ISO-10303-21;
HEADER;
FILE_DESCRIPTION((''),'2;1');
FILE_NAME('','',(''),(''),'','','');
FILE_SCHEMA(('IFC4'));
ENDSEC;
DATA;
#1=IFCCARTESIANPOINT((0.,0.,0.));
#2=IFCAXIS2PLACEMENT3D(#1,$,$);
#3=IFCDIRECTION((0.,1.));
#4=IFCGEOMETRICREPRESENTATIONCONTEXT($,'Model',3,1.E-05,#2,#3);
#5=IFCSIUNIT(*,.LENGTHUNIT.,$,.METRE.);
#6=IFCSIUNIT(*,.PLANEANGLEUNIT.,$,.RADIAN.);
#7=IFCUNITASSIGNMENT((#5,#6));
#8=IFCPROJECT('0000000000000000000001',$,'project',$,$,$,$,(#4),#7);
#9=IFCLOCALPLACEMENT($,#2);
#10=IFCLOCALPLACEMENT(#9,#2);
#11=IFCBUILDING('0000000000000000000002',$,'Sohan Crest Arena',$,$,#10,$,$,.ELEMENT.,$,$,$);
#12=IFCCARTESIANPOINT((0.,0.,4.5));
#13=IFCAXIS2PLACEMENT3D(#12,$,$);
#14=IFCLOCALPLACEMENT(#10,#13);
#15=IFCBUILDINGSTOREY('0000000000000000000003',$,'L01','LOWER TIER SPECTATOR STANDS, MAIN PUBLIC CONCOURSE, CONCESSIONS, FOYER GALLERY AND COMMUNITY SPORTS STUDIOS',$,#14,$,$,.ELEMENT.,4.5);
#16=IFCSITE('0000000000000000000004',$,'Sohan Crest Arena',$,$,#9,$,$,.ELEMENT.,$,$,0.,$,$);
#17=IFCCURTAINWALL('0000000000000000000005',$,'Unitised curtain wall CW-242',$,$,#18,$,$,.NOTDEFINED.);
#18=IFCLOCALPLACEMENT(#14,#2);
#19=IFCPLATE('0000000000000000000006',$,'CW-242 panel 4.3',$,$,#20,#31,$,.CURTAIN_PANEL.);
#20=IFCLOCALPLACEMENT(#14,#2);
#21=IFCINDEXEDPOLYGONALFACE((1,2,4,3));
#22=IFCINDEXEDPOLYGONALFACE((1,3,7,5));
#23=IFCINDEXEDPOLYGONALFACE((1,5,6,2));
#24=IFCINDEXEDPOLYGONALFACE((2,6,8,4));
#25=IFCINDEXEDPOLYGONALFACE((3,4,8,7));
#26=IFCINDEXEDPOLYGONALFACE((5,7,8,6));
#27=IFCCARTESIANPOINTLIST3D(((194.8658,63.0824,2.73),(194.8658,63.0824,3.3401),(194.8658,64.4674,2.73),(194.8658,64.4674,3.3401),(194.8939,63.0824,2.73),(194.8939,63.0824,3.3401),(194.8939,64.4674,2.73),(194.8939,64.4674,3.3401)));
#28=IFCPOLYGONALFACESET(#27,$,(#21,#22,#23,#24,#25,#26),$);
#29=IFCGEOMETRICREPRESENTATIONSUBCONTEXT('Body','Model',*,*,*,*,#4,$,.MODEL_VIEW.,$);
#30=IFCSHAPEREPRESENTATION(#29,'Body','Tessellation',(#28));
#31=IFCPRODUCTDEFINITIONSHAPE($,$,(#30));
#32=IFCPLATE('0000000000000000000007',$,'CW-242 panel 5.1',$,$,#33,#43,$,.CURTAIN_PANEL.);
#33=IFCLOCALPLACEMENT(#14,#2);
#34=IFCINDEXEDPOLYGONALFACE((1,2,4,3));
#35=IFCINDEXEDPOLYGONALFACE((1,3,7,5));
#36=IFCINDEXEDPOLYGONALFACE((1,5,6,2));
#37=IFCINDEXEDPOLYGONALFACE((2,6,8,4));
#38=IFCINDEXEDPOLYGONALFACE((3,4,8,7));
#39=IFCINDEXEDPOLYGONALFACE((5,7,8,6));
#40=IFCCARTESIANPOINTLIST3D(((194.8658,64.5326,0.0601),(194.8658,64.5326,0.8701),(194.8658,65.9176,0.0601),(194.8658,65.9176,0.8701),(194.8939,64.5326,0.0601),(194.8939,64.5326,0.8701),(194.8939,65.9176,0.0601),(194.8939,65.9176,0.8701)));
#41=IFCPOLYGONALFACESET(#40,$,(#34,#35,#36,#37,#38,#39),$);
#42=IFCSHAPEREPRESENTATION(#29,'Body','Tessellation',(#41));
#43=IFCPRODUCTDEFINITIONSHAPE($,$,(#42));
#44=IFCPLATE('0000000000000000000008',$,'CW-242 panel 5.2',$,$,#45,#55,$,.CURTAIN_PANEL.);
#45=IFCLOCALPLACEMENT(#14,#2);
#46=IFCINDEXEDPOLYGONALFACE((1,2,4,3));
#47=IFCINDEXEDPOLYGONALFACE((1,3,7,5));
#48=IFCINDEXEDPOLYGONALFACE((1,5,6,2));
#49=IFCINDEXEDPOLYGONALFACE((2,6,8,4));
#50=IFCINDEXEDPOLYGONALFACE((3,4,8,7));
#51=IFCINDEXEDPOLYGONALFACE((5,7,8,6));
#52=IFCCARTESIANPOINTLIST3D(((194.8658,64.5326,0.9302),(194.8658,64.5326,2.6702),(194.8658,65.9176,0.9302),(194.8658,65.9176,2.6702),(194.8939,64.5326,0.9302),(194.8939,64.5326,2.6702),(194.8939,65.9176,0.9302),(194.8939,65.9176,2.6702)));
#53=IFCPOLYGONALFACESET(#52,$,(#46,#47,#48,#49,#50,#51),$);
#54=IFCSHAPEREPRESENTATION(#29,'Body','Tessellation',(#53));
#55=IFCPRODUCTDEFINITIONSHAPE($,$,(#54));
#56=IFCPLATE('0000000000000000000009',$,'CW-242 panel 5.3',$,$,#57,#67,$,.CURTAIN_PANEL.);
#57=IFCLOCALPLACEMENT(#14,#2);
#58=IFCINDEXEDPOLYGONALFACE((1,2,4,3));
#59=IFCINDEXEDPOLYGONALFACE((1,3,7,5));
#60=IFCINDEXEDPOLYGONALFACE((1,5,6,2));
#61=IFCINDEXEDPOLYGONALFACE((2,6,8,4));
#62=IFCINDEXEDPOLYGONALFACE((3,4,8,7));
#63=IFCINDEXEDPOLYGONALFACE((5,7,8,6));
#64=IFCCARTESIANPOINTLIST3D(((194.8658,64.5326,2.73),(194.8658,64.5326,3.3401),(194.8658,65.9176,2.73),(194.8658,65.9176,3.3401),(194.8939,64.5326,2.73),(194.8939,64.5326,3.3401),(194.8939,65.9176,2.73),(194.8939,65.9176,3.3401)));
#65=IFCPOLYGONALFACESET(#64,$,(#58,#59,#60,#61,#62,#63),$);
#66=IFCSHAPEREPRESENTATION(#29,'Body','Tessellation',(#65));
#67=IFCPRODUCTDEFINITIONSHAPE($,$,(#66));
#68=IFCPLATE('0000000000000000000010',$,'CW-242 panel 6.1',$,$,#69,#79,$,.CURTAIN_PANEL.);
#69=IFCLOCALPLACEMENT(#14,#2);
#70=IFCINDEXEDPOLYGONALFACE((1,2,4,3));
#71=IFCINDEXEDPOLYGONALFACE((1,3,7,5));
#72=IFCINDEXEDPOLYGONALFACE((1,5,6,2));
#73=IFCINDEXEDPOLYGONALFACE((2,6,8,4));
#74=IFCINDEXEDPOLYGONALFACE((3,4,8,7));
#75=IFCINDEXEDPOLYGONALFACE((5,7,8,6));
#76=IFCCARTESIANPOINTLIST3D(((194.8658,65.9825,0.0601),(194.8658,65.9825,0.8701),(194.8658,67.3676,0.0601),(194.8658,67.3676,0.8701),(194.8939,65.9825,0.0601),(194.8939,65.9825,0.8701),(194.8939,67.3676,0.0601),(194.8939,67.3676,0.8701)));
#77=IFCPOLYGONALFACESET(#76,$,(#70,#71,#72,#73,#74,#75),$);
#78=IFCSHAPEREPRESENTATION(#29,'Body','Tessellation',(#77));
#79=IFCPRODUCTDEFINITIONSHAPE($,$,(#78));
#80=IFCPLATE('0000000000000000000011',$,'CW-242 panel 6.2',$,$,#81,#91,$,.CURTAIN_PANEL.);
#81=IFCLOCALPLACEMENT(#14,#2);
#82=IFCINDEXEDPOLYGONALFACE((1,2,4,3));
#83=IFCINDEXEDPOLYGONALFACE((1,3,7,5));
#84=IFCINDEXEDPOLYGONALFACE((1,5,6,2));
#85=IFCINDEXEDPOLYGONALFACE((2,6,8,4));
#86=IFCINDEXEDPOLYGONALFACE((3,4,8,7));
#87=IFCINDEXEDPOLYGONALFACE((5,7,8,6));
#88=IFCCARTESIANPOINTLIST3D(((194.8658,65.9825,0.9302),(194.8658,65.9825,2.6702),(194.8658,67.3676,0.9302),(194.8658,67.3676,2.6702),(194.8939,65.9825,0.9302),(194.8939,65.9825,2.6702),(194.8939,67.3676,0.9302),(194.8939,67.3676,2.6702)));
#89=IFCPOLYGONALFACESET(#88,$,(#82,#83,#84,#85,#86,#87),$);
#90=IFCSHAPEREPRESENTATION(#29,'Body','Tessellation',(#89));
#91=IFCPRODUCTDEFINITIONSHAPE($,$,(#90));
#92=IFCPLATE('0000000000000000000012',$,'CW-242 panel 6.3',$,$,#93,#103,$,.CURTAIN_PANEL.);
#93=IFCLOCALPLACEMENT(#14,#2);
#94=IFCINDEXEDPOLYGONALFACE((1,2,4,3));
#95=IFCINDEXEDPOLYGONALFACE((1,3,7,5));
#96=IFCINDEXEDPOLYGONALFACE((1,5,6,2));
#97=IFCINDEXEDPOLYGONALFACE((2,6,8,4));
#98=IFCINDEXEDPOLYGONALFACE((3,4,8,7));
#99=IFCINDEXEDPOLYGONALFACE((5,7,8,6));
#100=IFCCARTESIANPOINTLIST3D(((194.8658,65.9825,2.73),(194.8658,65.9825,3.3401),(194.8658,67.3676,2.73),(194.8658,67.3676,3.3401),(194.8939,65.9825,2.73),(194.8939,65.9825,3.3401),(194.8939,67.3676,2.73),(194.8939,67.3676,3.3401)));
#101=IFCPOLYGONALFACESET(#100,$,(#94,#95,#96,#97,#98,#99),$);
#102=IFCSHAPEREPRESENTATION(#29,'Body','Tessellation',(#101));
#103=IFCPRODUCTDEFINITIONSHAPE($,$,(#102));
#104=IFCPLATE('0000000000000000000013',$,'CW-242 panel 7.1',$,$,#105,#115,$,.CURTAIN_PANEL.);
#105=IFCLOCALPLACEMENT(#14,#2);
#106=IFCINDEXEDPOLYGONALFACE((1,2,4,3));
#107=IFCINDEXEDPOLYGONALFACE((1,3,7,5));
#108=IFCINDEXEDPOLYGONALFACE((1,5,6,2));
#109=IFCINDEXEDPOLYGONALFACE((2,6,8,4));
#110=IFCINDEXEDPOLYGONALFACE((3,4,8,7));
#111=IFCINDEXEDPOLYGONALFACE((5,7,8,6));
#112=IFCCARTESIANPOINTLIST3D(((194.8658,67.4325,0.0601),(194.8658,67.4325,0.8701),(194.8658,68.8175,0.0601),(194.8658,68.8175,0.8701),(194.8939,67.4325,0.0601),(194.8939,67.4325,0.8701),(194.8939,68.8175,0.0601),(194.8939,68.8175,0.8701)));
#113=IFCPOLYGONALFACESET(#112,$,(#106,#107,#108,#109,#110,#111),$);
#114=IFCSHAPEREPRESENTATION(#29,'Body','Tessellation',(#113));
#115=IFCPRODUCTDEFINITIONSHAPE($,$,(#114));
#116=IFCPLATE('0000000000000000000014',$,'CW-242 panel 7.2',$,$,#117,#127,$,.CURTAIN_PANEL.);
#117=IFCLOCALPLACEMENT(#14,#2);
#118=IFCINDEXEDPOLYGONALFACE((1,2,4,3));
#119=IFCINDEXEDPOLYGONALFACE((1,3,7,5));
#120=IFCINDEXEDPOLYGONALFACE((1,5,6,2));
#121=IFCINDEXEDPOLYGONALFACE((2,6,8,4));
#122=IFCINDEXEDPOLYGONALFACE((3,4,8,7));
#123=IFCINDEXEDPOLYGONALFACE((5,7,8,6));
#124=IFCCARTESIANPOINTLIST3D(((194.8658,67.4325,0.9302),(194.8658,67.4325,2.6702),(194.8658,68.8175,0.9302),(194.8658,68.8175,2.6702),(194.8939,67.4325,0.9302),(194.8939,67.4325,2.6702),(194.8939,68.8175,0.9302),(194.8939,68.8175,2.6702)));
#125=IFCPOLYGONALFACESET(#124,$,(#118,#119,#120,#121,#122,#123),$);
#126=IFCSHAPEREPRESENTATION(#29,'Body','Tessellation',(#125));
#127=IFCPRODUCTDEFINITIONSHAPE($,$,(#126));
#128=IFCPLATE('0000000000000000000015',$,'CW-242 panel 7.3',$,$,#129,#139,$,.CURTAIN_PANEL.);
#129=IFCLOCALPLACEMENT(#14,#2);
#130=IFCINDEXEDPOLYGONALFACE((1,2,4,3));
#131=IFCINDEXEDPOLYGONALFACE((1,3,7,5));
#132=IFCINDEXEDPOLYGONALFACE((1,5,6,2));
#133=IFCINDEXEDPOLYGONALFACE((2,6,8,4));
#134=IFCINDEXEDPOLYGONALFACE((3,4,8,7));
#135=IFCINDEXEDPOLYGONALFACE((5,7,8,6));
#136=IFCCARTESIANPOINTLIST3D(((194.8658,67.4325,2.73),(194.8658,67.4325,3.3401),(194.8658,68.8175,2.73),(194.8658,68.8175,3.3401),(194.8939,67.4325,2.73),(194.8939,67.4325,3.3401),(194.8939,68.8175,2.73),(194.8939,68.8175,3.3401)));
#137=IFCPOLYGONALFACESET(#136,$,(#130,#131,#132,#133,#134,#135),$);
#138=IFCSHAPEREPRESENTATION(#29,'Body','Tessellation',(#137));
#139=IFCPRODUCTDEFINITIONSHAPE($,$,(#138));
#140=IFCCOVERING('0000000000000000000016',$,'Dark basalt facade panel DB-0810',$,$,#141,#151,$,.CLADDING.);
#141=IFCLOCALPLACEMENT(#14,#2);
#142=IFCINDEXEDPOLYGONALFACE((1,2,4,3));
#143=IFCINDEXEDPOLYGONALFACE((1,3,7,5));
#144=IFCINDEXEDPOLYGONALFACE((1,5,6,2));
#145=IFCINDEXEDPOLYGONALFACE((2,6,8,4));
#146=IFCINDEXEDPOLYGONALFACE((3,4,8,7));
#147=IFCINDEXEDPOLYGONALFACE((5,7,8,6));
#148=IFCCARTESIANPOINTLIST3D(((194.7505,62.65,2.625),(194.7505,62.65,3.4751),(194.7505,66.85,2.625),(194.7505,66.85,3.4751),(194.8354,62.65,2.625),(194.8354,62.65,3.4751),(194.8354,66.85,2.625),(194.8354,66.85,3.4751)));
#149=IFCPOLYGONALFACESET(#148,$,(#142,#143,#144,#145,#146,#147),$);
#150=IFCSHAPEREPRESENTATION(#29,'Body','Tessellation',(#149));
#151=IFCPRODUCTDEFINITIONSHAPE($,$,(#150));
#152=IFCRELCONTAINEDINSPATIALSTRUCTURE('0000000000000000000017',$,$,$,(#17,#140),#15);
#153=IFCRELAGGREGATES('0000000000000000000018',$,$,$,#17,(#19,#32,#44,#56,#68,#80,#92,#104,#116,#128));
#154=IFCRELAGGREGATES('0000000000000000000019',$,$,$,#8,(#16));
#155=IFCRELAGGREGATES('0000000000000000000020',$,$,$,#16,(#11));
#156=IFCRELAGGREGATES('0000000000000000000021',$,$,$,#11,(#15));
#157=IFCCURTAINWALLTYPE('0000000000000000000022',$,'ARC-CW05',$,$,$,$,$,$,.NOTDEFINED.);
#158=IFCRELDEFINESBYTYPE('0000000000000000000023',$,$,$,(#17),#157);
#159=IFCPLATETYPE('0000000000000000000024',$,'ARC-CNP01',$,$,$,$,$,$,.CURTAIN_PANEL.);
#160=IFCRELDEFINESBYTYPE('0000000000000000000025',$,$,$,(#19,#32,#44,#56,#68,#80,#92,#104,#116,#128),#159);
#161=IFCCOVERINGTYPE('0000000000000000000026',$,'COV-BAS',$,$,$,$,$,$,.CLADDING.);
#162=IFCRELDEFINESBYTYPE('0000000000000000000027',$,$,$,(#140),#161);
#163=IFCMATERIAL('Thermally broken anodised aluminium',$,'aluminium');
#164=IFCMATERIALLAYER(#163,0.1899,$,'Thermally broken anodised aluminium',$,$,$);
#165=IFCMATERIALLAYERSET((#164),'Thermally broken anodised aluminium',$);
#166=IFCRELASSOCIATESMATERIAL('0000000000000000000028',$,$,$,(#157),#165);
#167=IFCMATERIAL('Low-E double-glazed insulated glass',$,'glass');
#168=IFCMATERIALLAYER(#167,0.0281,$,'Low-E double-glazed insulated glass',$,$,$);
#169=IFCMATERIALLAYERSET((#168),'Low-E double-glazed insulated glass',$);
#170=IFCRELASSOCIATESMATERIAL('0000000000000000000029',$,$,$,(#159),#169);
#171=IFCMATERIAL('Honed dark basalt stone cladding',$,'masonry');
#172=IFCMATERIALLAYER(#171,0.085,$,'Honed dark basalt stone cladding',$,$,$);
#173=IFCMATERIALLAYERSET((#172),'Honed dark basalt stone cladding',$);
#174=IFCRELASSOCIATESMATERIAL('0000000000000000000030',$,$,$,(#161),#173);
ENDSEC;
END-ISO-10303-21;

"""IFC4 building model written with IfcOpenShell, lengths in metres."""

from ifc_helpers import new_model, si_unit, direction, frame, origin, origin_2d, place, context, subcontext, project, spatial, rectangle, extrude, material, layer, layer_set, type_object, element, aggregate, save


model = new_model("IFC4")

# Units and contexts
model_context = context("Model", 3, precision=1e-05, world=origin(), true_north=direction((0.0, 1.0)))
body_context = subcontext(model_context, "Body", "Model", "MODEL_VIEW")
ifc_project = project(units=[si_unit("LENGTHUNIT", "METRE"), si_unit("PLANEANGLEUNIT", "RADIAN")], contexts=[model_context])

# Site, building, storey
site_placement = place(None, origin())
site = spatial("IfcSite", under=ifc_project, at=site_placement, Name="Sohan Crest Arena", CompositionType="ELEMENT", RefElevation=0.0)
building_placement = place(site_placement, origin())
building = spatial("IfcBuilding", under=site, at=building_placement, Name="Sohan Crest Arena", CompositionType="ELEMENT")
storey_placement = place(building_placement, frame((0.0, 0.0, 4.5)))
storey = spatial("IfcBuildingStorey", under=building, at=storey_placement, Name="L01", Description="LOWER TIER SPECTATOR STANDS, MAIN PUBLIC CONCOURSE, CONCESSIONS, FOYER GALLERY AND COMMUNITY SPORTS STUDIOS", CompositionType="ELEMENT", Elevation=4.5)

# Curtain wall
ifc_material_1 = material(Name="Thermally broken anodised aluminium", Category="aluminium")
ifc_layer_1 = layer(ifc_material_1, 0.1899, Name="Thermally broken anodised aluminium")
ifc_layer_set_1 = layer_set([ifc_layer_1], Name="Thermally broken anodised aluminium")
curtain_wall_type = type_object("IfcCurtainWallType", Name="ARC-CW05", PredefinedType="NOTDEFINED", material=ifc_layer_set_1)
curtain_wall_placement = place(storey_placement, origin())
curtain_wall = element("IfcCurtainWall", 1, at=curtain_wall_placement, inside=storey, type_object=curtain_wall_type, Name="Unitised curtain wall CW-242", PredefinedType="NOTDEFINED")

# Plates
ifc_material_2 = material(Name="Low-E double-glazed insulated glass", Category="glass")
ifc_layer_2 = layer(ifc_material_2, 0.0281, Name="Low-E double-glazed insulated glass")
ifc_layer_set_2 = layer_set([ifc_layer_2], Name="Low-E double-glazed insulated glass")
plate_type = type_object("IfcPlateType", Name="ARC-CNP01", PredefinedType="CURTAIN_PANEL", material=ifc_layer_set_2)
plate_1_placement = place(storey_placement, frame((194.8799, 63.7749, 2.73), z_axis=(0.0, 0.0, 1.0), x_axis=(0.0, 1.0, 0.0)))
plate_1 = element("IfcPlate", 2, at=plate_1_placement, type_object=plate_type, Name="CW-242 panel 4.3", PredefinedType="CURTAIN_PANEL", context=body_context, shape_type="SweptSolid", body=[
    extrude(rectangle(XDim=1.385, YDim=0.0281, at=origin_2d()), origin(), (0.0, 0.0, 1.0), 0.6101),
])
plate_2_placement = place(storey_placement, frame((194.8799, 65.2251, 0.0601), z_axis=(0.0, 0.0, 1.0), x_axis=(0.0, 1.0, 0.0)))
plate_2 = element("IfcPlate", 3, at=plate_2_placement, type_object=plate_type, Name="CW-242 panel 5.1", PredefinedType="CURTAIN_PANEL", context=body_context, shape_type="SweptSolid", body=[
    extrude(rectangle(XDim=1.385, YDim=0.0281, at=origin_2d()), origin(), (0.0, 0.0, 1.0), 0.8101),
])
plate_3_placement = place(storey_placement, frame((194.8799, 65.2251, 0.9302), z_axis=(0.0, 0.0, 1.0), x_axis=(0.0, 1.0, 0.0)))
plate_3 = element("IfcPlate", 4, at=plate_3_placement, type_object=plate_type, Name="CW-242 panel 5.2", PredefinedType="CURTAIN_PANEL", context=body_context, shape_type="SweptSolid", body=[
    extrude(rectangle(XDim=1.385, YDim=0.0281, at=origin_2d()), origin(), (0.0, 0.0, 1.0), 1.74),
])
plate_4_placement = place(storey_placement, frame((194.8799, 65.2251, 2.73), z_axis=(0.0, 0.0, 1.0), x_axis=(0.0, 1.0, 0.0)))
plate_4 = element("IfcPlate", 5, at=plate_4_placement, type_object=plate_type, Name="CW-242 panel 5.3", PredefinedType="CURTAIN_PANEL", context=body_context, shape_type="SweptSolid", body=[
    extrude(rectangle(XDim=1.385, YDim=0.0281, at=origin_2d()), origin(), (0.0, 0.0, 1.0), 0.6101),
])
plate_5_placement = place(storey_placement, frame((194.8799, 66.675, 0.0601), z_axis=(0.0, 0.0, 1.0), x_axis=(0.0, 1.0, 0.0)))
plate_5 = element("IfcPlate", 6, at=plate_5_placement, type_object=plate_type, Name="CW-242 panel 6.1", PredefinedType="CURTAIN_PANEL", context=body_context, shape_type="SweptSolid", body=[
    extrude(rectangle(XDim=1.385, YDim=0.0281, at=origin_2d()), origin(), (0.0, 0.0, 1.0), 0.8101),
])
plate_6_placement = place(storey_placement, frame((194.8799, 66.675, 0.9302), z_axis=(0.0, 0.0, 1.0), x_axis=(0.0, 1.0, 0.0)))
plate_6 = element("IfcPlate", 7, at=plate_6_placement, type_object=plate_type, Name="CW-242 panel 6.2", PredefinedType="CURTAIN_PANEL", context=body_context, shape_type="SweptSolid", body=[
    extrude(rectangle(XDim=1.385, YDim=0.0281, at=origin_2d()), origin(), (0.0, 0.0, 1.0), 1.74),
])
plate_7_placement = place(storey_placement, frame((194.8799, 66.675, 2.73), z_axis=(0.0, 0.0, 1.0), x_axis=(0.0, 1.0, 0.0)))
plate_7 = element("IfcPlate", 8, at=plate_7_placement, type_object=plate_type, Name="CW-242 panel 6.3", PredefinedType="CURTAIN_PANEL", context=body_context, shape_type="SweptSolid", body=[
    extrude(rectangle(XDim=1.385, YDim=0.0281, at=origin_2d()), origin(), (0.0, 0.0, 1.0), 0.6101),
])
plate_8_placement = place(storey_placement, frame((194.8799, 68.125, 0.0601), z_axis=(0.0, 0.0, 1.0), x_axis=(0.0, 1.0, 0.0)))
plate_8 = element("IfcPlate", 9, at=plate_8_placement, type_object=plate_type, Name="CW-242 panel 7.1", PredefinedType="CURTAIN_PANEL", context=body_context, shape_type="SweptSolid", body=[
    extrude(rectangle(XDim=1.385, YDim=0.0281, at=origin_2d()), origin(), (0.0, 0.0, 1.0), 0.8101),
])
plate_9_placement = place(storey_placement, frame((194.8799, 68.125, 0.9302), z_axis=(0.0, 0.0, 1.0), x_axis=(0.0, 1.0, 0.0)))
plate_9 = element("IfcPlate", 10, at=plate_9_placement, type_object=plate_type, Name="CW-242 panel 7.2", PredefinedType="CURTAIN_PANEL", context=body_context, shape_type="SweptSolid", body=[
    extrude(rectangle(XDim=1.385, YDim=0.0281, at=origin_2d()), origin(), (0.0, 0.0, 1.0), 1.74),
])
plate_10_placement = place(storey_placement, frame((194.8799, 68.125, 2.73), z_axis=(0.0, 0.0, 1.0), x_axis=(0.0, 1.0, 0.0)))
plate_10 = element("IfcPlate", 11, at=plate_10_placement, type_object=plate_type, Name="CW-242 panel 7.3", PredefinedType="CURTAIN_PANEL", context=body_context, shape_type="SweptSolid", body=[
    extrude(rectangle(XDim=1.385, YDim=0.0281, at=origin_2d()), origin(), (0.0, 0.0, 1.0), 0.6101),
])
aggregate(curtain_wall, [plate_1, plate_2, plate_3, plate_4, plate_5, plate_6, plate_7, plate_8, plate_9, plate_10])

# Covering
ifc_material_3 = material(Name="Honed dark basalt stone cladding", Category="masonry")
ifc_layer_3 = layer(ifc_material_3, 0.085, Name="Honed dark basalt stone cladding")
ifc_layer_set_3 = layer_set([ifc_layer_3], Name="Honed dark basalt stone cladding")
covering_type = type_object("IfcCoveringType", Name="COV-BAS", PredefinedType="CLADDING", material=ifc_layer_set_3)
covering_placement = place(storey_placement, frame((194.793, 64.75, 2.625), z_axis=(0.0, 0.0, 1.0), x_axis=(0.0, -1.0, 0.0)))
element("IfcCovering", 12, at=covering_placement, inside=storey, type_object=covering_type, Name="Dark basalt facade panel DB-0810", PredefinedType="CLADDING", context=body_context, shape_type="SweptSolid", body=[
    extrude(rectangle(XDim=4.2, YDim=0.085, at=origin_2d()), origin(), (0.0, 0.0, 1.0), 0.8501),
])

save(model, "model.ifc")
